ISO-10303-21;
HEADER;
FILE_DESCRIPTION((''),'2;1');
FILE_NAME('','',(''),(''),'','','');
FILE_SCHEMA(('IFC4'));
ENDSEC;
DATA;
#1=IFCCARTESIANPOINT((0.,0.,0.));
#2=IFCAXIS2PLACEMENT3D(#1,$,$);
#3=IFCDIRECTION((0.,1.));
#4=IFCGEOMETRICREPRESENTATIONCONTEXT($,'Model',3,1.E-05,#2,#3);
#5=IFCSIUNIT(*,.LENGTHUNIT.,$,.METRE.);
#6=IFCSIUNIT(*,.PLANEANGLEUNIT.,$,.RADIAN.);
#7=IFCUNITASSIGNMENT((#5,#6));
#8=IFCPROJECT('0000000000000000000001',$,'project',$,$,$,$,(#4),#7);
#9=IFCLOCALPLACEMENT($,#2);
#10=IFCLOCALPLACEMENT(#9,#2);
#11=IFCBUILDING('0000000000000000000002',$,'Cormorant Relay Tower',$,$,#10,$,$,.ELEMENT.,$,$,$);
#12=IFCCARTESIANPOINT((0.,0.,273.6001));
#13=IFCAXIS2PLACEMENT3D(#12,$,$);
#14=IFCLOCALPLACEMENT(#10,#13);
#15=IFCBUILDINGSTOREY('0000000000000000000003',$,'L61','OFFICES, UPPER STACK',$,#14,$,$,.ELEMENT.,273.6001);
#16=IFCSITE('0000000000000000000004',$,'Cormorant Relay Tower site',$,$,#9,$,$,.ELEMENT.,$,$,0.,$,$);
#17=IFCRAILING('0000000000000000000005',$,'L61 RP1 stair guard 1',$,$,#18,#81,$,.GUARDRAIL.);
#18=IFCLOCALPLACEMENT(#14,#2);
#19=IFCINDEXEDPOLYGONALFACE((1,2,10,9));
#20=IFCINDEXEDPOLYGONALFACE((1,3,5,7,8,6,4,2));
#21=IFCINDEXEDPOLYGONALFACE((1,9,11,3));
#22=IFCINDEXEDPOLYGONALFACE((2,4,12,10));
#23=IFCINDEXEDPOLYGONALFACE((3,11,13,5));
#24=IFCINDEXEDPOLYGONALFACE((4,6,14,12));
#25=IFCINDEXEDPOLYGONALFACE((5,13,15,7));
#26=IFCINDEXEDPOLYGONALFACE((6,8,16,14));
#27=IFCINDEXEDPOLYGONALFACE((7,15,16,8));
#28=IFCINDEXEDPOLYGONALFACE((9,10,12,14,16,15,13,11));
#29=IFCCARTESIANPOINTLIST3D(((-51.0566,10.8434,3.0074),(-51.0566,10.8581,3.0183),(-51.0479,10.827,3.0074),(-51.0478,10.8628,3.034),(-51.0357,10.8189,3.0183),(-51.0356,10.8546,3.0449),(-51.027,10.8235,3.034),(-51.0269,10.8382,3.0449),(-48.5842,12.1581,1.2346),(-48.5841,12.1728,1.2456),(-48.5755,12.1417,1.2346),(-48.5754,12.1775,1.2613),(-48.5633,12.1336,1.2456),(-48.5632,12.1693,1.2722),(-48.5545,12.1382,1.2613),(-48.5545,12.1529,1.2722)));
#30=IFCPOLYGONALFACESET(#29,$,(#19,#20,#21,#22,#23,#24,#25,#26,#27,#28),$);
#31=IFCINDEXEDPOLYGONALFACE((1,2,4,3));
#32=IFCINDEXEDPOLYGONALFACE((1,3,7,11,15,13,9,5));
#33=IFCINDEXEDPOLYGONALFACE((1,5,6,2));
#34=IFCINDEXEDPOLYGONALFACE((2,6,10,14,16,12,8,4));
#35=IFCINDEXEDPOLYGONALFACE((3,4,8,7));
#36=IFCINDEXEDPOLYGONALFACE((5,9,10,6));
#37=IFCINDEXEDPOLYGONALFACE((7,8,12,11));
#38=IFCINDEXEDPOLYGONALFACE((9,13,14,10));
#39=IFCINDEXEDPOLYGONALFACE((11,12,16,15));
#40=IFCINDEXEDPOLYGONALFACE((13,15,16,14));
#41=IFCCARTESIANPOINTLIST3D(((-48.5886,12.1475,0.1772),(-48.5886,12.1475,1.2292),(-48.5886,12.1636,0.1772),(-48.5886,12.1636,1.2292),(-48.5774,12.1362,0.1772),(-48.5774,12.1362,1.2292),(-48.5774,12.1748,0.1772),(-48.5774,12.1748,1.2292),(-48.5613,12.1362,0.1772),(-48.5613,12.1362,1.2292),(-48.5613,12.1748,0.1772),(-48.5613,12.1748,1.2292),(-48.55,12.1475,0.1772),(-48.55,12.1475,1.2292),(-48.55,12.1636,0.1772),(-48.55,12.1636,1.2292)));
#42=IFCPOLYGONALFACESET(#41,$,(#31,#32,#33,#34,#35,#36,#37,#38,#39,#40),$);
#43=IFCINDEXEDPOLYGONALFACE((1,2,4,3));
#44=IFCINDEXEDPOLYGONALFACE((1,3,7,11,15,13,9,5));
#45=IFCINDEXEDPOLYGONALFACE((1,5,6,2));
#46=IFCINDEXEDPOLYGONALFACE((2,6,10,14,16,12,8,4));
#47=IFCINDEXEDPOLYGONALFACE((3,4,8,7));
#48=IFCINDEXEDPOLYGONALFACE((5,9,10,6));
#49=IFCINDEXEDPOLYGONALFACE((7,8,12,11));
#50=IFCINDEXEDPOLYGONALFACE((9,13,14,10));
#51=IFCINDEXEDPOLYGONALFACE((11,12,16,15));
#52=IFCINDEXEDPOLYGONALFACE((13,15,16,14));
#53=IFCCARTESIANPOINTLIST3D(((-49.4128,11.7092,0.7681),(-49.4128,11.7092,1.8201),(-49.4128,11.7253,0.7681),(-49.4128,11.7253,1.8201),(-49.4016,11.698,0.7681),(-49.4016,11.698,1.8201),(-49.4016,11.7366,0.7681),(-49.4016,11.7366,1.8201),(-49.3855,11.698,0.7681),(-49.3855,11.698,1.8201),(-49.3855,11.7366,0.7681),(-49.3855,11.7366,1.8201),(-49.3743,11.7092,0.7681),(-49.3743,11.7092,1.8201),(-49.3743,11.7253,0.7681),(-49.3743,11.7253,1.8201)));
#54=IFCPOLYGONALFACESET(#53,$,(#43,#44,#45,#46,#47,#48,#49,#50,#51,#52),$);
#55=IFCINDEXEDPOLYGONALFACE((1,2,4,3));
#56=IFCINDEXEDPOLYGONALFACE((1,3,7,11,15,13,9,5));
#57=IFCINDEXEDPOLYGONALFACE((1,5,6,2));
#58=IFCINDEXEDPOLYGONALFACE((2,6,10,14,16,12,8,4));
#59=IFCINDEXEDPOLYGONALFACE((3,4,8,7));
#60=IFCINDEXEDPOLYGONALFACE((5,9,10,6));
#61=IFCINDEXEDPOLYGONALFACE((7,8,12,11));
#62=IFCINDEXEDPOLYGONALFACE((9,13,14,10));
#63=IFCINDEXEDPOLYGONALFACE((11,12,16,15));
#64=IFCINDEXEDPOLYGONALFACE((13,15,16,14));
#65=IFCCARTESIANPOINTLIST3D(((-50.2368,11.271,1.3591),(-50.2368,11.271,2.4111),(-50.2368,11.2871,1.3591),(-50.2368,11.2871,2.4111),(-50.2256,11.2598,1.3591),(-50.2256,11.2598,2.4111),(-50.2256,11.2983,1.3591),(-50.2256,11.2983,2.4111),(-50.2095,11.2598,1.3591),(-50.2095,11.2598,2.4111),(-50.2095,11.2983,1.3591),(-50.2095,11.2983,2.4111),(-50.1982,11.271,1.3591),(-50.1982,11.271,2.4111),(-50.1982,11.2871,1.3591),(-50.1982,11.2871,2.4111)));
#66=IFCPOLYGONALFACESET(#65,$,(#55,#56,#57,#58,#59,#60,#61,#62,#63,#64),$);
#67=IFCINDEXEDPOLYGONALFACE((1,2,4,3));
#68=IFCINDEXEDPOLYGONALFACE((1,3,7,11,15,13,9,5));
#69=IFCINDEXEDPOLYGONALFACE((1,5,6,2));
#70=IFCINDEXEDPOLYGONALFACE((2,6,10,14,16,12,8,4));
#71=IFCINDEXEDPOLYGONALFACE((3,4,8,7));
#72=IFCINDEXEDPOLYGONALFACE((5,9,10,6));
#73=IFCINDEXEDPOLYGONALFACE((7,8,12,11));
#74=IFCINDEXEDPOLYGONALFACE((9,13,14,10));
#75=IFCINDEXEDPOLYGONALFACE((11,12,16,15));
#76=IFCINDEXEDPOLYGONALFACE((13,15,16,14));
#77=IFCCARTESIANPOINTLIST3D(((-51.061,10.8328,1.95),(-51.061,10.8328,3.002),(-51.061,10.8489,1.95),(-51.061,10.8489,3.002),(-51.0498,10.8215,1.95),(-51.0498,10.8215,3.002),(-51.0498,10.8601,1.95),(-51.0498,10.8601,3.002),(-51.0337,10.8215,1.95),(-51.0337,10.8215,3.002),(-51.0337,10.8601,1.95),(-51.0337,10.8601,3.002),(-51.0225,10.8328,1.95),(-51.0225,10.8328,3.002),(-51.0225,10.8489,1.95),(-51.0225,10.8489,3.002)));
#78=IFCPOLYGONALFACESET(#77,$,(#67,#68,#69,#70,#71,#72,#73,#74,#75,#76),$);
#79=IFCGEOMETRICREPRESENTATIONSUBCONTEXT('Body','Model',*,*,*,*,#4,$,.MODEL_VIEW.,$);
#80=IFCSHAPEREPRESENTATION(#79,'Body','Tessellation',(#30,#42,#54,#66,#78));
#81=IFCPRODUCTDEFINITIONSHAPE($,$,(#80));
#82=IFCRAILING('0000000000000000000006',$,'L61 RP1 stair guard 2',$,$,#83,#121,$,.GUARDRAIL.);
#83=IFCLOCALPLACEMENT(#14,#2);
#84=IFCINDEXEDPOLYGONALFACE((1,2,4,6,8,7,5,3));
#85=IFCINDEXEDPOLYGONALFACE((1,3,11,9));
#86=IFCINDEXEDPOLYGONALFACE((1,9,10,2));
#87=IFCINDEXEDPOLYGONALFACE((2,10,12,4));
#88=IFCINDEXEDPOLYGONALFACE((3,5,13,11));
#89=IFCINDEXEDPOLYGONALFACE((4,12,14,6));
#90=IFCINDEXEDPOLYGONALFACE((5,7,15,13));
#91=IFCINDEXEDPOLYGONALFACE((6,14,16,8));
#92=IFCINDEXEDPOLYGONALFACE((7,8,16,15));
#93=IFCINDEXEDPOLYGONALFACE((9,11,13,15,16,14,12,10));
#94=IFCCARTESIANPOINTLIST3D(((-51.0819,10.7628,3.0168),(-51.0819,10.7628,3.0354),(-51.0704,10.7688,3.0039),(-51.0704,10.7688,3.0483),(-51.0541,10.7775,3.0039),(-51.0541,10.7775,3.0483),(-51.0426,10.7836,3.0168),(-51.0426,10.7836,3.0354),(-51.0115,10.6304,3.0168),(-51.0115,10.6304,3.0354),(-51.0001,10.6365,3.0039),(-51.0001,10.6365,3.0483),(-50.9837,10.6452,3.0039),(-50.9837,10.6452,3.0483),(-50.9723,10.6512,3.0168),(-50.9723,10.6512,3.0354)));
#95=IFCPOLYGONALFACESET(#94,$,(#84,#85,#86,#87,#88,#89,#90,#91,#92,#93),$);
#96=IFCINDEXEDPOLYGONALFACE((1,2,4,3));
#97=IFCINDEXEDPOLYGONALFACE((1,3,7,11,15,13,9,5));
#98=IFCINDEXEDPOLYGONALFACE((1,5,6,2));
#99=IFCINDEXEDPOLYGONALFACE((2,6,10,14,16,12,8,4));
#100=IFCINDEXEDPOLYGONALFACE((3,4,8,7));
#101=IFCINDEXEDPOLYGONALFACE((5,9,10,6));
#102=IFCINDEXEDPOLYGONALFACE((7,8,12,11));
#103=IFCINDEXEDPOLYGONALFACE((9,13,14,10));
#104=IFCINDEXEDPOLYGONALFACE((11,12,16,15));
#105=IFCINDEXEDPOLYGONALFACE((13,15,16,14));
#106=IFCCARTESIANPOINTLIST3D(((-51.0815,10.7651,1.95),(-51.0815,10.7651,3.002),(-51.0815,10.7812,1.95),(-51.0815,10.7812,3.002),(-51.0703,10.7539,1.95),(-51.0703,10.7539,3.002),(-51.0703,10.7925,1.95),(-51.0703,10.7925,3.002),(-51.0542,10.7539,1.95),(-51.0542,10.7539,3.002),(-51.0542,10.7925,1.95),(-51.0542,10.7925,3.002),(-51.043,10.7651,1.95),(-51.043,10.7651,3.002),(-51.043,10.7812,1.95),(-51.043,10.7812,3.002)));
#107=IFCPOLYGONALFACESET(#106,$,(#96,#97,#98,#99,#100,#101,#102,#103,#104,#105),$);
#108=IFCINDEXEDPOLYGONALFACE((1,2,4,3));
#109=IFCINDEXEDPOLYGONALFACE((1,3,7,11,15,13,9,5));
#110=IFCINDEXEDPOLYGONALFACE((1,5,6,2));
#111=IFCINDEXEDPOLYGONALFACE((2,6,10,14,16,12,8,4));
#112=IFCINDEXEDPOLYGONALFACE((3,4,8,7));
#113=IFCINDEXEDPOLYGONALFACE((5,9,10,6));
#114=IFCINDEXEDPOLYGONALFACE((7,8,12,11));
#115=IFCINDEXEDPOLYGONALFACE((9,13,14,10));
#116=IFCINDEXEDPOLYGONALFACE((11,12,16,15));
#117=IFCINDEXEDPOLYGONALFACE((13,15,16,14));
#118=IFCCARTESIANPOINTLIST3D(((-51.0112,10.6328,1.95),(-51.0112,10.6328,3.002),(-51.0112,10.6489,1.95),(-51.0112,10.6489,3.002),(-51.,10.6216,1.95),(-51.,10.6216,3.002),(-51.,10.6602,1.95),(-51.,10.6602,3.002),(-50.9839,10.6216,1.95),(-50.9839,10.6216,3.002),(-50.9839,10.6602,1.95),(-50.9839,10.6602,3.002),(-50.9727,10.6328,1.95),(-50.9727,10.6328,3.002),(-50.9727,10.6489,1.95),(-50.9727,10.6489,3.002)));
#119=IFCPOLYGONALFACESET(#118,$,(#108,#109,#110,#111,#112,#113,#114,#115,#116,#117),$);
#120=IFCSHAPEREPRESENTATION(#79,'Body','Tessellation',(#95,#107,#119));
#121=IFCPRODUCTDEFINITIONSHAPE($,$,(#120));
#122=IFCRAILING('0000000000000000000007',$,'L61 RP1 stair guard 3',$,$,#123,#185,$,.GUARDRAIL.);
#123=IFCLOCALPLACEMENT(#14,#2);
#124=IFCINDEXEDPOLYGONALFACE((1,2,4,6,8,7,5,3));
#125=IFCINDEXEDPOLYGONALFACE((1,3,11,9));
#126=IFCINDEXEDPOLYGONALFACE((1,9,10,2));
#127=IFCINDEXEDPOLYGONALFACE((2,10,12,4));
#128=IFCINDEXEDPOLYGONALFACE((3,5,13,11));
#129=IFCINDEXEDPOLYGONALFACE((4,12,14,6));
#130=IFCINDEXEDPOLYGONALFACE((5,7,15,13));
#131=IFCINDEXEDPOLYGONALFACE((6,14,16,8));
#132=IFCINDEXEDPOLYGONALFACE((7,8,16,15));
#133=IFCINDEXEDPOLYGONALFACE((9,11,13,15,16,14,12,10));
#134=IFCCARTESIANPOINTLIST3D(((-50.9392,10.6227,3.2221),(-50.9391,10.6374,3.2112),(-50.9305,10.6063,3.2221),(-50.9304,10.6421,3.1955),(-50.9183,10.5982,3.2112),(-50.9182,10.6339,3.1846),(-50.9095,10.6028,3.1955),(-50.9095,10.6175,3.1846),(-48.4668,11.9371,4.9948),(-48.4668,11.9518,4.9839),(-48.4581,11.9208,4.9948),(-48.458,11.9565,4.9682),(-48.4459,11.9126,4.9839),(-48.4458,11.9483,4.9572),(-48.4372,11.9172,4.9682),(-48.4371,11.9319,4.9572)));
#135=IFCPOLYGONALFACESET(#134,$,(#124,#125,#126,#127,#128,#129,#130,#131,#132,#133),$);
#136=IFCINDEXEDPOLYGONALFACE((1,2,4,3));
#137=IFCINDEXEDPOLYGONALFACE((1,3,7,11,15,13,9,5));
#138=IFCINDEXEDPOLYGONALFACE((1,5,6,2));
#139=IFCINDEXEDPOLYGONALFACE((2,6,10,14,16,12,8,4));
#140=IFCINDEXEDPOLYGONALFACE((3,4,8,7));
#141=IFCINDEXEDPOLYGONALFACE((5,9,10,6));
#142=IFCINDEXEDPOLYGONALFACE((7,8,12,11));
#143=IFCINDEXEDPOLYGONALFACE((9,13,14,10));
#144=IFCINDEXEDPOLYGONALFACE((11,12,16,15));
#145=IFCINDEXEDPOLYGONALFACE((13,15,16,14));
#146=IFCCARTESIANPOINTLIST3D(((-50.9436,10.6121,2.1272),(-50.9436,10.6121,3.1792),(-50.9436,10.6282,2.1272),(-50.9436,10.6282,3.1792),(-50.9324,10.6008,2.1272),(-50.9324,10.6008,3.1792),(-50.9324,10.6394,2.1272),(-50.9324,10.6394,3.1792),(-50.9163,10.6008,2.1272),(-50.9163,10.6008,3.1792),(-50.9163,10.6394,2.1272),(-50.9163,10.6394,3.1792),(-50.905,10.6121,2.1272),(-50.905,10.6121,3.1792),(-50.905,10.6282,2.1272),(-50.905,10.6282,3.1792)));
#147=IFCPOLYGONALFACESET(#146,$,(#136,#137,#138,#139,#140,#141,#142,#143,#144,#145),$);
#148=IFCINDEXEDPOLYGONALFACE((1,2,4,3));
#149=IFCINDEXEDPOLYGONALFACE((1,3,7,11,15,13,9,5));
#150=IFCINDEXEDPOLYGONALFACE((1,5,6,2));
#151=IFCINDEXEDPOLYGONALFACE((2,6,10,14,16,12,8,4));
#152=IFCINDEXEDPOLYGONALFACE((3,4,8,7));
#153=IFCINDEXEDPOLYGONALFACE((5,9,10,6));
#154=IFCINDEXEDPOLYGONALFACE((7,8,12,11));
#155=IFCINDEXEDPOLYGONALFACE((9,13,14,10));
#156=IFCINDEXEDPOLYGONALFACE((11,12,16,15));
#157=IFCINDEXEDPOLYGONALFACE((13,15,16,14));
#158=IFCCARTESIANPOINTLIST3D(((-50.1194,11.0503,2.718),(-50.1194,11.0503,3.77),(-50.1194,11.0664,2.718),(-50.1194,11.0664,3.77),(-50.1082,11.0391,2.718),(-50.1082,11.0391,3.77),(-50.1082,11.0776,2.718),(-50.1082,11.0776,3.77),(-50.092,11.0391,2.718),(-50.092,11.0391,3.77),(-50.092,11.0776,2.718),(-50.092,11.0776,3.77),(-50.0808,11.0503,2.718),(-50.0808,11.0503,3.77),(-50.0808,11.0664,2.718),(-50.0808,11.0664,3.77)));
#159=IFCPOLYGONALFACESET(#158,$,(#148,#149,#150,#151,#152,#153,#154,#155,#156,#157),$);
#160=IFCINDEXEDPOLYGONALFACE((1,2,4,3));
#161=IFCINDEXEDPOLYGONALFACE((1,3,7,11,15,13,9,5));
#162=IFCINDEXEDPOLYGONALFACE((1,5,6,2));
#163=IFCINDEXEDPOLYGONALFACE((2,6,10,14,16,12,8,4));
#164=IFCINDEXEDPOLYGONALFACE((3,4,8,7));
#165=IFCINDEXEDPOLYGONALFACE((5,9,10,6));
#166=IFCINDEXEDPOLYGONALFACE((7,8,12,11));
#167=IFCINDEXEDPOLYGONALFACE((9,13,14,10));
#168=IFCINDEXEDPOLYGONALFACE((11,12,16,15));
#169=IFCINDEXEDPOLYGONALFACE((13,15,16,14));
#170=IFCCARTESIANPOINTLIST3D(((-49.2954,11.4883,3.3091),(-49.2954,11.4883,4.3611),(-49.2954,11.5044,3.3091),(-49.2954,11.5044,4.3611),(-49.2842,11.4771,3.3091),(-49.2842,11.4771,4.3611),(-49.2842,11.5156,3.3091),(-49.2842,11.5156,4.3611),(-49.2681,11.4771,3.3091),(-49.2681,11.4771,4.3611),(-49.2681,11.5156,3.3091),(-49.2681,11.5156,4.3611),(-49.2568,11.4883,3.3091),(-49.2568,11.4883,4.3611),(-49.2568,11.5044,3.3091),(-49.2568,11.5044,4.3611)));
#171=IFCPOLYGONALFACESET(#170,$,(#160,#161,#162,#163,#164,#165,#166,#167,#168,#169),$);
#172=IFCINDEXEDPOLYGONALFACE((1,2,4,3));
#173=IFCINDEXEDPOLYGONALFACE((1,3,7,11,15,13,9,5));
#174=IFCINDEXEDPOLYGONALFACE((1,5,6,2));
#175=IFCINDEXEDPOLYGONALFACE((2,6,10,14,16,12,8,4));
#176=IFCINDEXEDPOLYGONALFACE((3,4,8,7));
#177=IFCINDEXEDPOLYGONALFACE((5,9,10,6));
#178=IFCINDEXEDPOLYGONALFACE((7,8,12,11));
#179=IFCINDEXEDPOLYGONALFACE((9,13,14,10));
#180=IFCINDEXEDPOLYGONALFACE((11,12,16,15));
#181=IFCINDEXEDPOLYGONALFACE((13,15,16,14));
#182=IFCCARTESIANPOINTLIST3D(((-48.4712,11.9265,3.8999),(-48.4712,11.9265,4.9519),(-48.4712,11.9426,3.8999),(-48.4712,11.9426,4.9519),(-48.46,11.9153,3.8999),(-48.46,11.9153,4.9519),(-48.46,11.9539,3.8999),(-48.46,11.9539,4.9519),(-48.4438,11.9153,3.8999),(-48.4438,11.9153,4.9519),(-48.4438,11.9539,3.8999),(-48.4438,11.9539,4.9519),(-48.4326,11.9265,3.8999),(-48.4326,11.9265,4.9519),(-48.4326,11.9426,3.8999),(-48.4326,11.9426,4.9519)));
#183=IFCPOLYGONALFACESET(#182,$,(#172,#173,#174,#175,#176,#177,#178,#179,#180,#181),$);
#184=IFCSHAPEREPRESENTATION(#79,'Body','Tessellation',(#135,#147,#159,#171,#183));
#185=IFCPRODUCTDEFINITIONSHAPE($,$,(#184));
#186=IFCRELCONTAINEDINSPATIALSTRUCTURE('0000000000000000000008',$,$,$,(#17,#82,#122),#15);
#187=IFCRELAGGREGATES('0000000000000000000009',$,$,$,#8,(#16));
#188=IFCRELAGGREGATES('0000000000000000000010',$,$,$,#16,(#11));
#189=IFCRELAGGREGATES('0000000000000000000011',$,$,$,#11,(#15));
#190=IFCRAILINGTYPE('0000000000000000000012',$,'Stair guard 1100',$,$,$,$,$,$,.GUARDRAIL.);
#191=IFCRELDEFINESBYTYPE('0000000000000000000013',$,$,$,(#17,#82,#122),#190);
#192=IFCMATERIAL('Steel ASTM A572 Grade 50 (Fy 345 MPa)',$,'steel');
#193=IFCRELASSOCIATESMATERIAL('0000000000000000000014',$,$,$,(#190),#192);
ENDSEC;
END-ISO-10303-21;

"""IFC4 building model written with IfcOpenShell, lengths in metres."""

from ifc_helpers import new_model, si_unit, direction, frame, origin, place, context, subcontext, project, spatial, polyline, outline, extrude, material, type_object, element, save


model = new_model("IFC4")

# Units and contexts
model_context = context("Model", 3, precision=1e-05, world=origin(), true_north=direction((0.0, 1.0)))
body_context = subcontext(model_context, "Body", "Model", "MODEL_VIEW")
ifc_project = project(units=[si_unit("LENGTHUNIT", "METRE"), si_unit("PLANEANGLEUNIT", "RADIAN")], contexts=[model_context])

# Site, building, storey
site_placement = place(None, origin())
site = spatial("IfcSite", under=ifc_project, at=site_placement, Name="Cormorant Relay Tower site", CompositionType="ELEMENT", RefElevation=0.0)
building_placement = place(site_placement, origin())
building = spatial("IfcBuilding", under=site, at=building_placement, Name="Cormorant Relay Tower", CompositionType="ELEMENT")
storey_placement = place(building_placement, frame((0.0, 0.0, 273.6001)))
storey = spatial("IfcBuildingStorey", under=building, at=storey_placement, Name="L61", Description="OFFICES, UPPER STACK", CompositionType="ELEMENT", Elevation=273.6001)

# Railings
ifc_material_1 = material(Name="Steel ASTM A572 Grade 50 (Fy 345 MPa)", Category="steel")
railing_type_1 = type_object("IfcRailingType", Name="Stair guard 1100", PredefinedType="GUARDRAIL", material=ifc_material_1)
railing_1_placement = place(storey_placement, frame((-48.5693, 12.1555, 0.1772)))
element("IfcRailing", 1, at=railing_1_placement, inside=storey, type_object=railing_type_1, Name="L61 RP1 stair guard 1", PredefinedType="GUARDRAIL", context=body_context, shape_type="SweptSolid", body=[
    extrude(outline(polyline([(0.0222, 0.0093), (0.0093, 0.0222), (-0.0093, 0.0222), (-0.0222, 0.0093), (-0.0222, -0.0093), (-0.0093, -0.0222), (0.0093, -0.0222), (0.0222, -0.0093), (0.0222, 0.0093)])), frame((0.0, 0.0, 1.0762), z_axis=(-0.746012, -0.39669, 0.534886), x_axis=(0.469497, -0.882934, 0.0)), (0.0, 0.0, 1.0), 3.3142),
    extrude(outline(polyline([(0.0193, 0.0081), (0.0081, 0.0193), (-0.0081, 0.0193), (-0.0193, 0.0081), (-0.0193, -0.0081), (-0.0081, -0.0193), (0.0081, -0.0193), (0.0193, -0.0081), (0.0193, 0.0081)])), origin(), (0.0, 0.0, 1.0), 1.052),
    extrude(outline(polyline([(0.0193, 0.0081), (0.0081, 0.0193), (-0.0081, 0.0193), (-0.0193, 0.0081), (-0.0193, -0.0081), (-0.0081, -0.0193), (0.0081, -0.0193), (0.0193, -0.0081), (0.0193, 0.0081)])), frame((-0.8242, -0.4382, 0.5908)), (0.0, 0.0, 1.0), 1.052),
    extrude(outline(polyline([(0.0193, 0.0081), (0.0081, 0.0193), (-0.0081, 0.0193), (-0.0193, 0.0081), (-0.0193, -0.0081), (-0.0081, -0.0193), (0.0081, -0.0193), (0.0193, -0.0081), (0.0193, 0.0081)])), frame((-1.6482, -0.8765, 1.1819)), (0.0, 0.0, 1.0), 1.052),
    extrude(outline(polyline([(0.0193, 0.0081), (0.0081, 0.0193), (-0.0081, 0.0193), (-0.0193, 0.0081), (-0.0193, -0.0081), (-0.0081, -0.0193), (0.0081, -0.0193), (0.0193, -0.0081), (0.0193, 0.0081)])), frame((-2.4724, -1.3147, 1.7727)), (0.0, 0.0, 1.0), 1.052),
])
railing_2_placement = place(storey_placement, frame((-51.0623, 10.7732, 1.95)))
element("IfcRailing", 2, at=railing_2_placement, inside=storey, type_object=railing_type_1, Name="L61 RP1 stair guard 2", PredefinedType="GUARDRAIL", context=body_context, shape_type="SweptSolid", body=[
    extrude(outline(polyline([(0.0222, 0.0093), (0.0093, 0.0222), (-0.0093, 0.0222), (-0.0222, 0.0093), (-0.0222, -0.0093), (-0.0093, -0.0222), (0.0093, -0.0222), (0.0222, -0.0093), (0.0222, 0.0093)])), frame((0.0, 0.0, 1.0762), z_axis=(0.469235, -0.883074, 0.0), x_axis=(0.883074, 0.469235, 0.0)), (0.0, 0.0, 1.0), 0.1499),
    extrude(outline(polyline([(0.0193, 0.0081), (0.0081, 0.0193), (-0.0081, 0.0193), (-0.0193, 0.0081), (-0.0193, -0.0081), (-0.0081, -0.0193), (0.0081, -0.0193), (0.0193, -0.0081), (0.0193, 0.0081)])), origin(), (0.0, 0.0, 1.0), 1.052),
    extrude(outline(polyline([(0.0193, 0.0081), (0.0081, 0.0193), (-0.0081, 0.0193), (-0.0193, 0.0081), (-0.0193, -0.0081), (-0.0081, -0.0193), (0.0081, -0.0193), (0.0193, -0.0081), (0.0193, 0.0081)])), frame((0.0703, -0.1323, 0.0)), (0.0, 0.0, 1.0), 1.052),
])
railing_3_placement = place(storey_placement, frame((-50.9243, 10.6201, 2.1272)))
element("IfcRailing", 3, at=railing_3_placement, inside=storey, type_object=railing_type_1, Name="L61 RP1 stair guard 3", PredefinedType="GUARDRAIL", context=body_context, shape_type="SweptSolid", body=[
    extrude(outline(polyline([(0.0222, 0.0093), (0.0093, 0.0222), (-0.0093, 0.0222), (-0.0222, 0.0093), (-0.0222, -0.0093), (-0.0093, -0.0222), (0.0093, -0.0222), (0.0222, -0.0093), (0.0222, 0.0093)])), frame((0.0, 0.0, 1.0762), z_axis=(0.746034, 0.396627, 0.534902), x_axis=(-0.469429, 0.88297, 0.0)), (0.0, 0.0, 1.0), 3.314),
    extrude(outline(polyline([(0.0193, 0.0081), (0.0081, 0.0193), (-0.0081, 0.0193), (-0.0193, 0.0081), (-0.0193, -0.0081), (-0.0081, -0.0193), (0.0081, -0.0193), (0.0193, -0.0081), (0.0193, 0.0081)])), origin(), (0.0, 0.0, 1.0), 1.052),
    extrude(outline(polyline([(0.0193, 0.0081), (0.0081, 0.0193), (-0.0081, 0.0193), (-0.0193, 0.0081), (-0.0193, -0.0081), (-0.0081, -0.0193), (0.0081, -0.0193), (0.0193, -0.0081), (0.0193, 0.0081)])), frame((0.8242, 0.4382, 0.5908)), (0.0, 0.0, 1.0), 1.052),
    extrude(outline(polyline([(0.0193, 0.0081), (0.0081, 0.0193), (-0.0081, 0.0193), (-0.0193, 0.0081), (-0.0193, -0.0081), (-0.0081, -0.0193), (0.0081, -0.0193), (0.0193, -0.0081), (0.0193, 0.0081)])), frame((1.6482, 0.8762, 1.1819)), (0.0, 0.0, 1.0), 1.052),
    extrude(outline(polyline([(0.0193, 0.0081), (0.0081, 0.0193), (-0.0081, 0.0193), (-0.0193, 0.0081), (-0.0193, -0.0081), (-0.0081, -0.0193), (0.0081, -0.0193), (0.0193, -0.0081), (0.0193, 0.0081)])), frame((2.4724, 1.3145, 1.7727)), (0.0, 0.0, 1.0), 1.052),
])

save(model, "model.ifc")
